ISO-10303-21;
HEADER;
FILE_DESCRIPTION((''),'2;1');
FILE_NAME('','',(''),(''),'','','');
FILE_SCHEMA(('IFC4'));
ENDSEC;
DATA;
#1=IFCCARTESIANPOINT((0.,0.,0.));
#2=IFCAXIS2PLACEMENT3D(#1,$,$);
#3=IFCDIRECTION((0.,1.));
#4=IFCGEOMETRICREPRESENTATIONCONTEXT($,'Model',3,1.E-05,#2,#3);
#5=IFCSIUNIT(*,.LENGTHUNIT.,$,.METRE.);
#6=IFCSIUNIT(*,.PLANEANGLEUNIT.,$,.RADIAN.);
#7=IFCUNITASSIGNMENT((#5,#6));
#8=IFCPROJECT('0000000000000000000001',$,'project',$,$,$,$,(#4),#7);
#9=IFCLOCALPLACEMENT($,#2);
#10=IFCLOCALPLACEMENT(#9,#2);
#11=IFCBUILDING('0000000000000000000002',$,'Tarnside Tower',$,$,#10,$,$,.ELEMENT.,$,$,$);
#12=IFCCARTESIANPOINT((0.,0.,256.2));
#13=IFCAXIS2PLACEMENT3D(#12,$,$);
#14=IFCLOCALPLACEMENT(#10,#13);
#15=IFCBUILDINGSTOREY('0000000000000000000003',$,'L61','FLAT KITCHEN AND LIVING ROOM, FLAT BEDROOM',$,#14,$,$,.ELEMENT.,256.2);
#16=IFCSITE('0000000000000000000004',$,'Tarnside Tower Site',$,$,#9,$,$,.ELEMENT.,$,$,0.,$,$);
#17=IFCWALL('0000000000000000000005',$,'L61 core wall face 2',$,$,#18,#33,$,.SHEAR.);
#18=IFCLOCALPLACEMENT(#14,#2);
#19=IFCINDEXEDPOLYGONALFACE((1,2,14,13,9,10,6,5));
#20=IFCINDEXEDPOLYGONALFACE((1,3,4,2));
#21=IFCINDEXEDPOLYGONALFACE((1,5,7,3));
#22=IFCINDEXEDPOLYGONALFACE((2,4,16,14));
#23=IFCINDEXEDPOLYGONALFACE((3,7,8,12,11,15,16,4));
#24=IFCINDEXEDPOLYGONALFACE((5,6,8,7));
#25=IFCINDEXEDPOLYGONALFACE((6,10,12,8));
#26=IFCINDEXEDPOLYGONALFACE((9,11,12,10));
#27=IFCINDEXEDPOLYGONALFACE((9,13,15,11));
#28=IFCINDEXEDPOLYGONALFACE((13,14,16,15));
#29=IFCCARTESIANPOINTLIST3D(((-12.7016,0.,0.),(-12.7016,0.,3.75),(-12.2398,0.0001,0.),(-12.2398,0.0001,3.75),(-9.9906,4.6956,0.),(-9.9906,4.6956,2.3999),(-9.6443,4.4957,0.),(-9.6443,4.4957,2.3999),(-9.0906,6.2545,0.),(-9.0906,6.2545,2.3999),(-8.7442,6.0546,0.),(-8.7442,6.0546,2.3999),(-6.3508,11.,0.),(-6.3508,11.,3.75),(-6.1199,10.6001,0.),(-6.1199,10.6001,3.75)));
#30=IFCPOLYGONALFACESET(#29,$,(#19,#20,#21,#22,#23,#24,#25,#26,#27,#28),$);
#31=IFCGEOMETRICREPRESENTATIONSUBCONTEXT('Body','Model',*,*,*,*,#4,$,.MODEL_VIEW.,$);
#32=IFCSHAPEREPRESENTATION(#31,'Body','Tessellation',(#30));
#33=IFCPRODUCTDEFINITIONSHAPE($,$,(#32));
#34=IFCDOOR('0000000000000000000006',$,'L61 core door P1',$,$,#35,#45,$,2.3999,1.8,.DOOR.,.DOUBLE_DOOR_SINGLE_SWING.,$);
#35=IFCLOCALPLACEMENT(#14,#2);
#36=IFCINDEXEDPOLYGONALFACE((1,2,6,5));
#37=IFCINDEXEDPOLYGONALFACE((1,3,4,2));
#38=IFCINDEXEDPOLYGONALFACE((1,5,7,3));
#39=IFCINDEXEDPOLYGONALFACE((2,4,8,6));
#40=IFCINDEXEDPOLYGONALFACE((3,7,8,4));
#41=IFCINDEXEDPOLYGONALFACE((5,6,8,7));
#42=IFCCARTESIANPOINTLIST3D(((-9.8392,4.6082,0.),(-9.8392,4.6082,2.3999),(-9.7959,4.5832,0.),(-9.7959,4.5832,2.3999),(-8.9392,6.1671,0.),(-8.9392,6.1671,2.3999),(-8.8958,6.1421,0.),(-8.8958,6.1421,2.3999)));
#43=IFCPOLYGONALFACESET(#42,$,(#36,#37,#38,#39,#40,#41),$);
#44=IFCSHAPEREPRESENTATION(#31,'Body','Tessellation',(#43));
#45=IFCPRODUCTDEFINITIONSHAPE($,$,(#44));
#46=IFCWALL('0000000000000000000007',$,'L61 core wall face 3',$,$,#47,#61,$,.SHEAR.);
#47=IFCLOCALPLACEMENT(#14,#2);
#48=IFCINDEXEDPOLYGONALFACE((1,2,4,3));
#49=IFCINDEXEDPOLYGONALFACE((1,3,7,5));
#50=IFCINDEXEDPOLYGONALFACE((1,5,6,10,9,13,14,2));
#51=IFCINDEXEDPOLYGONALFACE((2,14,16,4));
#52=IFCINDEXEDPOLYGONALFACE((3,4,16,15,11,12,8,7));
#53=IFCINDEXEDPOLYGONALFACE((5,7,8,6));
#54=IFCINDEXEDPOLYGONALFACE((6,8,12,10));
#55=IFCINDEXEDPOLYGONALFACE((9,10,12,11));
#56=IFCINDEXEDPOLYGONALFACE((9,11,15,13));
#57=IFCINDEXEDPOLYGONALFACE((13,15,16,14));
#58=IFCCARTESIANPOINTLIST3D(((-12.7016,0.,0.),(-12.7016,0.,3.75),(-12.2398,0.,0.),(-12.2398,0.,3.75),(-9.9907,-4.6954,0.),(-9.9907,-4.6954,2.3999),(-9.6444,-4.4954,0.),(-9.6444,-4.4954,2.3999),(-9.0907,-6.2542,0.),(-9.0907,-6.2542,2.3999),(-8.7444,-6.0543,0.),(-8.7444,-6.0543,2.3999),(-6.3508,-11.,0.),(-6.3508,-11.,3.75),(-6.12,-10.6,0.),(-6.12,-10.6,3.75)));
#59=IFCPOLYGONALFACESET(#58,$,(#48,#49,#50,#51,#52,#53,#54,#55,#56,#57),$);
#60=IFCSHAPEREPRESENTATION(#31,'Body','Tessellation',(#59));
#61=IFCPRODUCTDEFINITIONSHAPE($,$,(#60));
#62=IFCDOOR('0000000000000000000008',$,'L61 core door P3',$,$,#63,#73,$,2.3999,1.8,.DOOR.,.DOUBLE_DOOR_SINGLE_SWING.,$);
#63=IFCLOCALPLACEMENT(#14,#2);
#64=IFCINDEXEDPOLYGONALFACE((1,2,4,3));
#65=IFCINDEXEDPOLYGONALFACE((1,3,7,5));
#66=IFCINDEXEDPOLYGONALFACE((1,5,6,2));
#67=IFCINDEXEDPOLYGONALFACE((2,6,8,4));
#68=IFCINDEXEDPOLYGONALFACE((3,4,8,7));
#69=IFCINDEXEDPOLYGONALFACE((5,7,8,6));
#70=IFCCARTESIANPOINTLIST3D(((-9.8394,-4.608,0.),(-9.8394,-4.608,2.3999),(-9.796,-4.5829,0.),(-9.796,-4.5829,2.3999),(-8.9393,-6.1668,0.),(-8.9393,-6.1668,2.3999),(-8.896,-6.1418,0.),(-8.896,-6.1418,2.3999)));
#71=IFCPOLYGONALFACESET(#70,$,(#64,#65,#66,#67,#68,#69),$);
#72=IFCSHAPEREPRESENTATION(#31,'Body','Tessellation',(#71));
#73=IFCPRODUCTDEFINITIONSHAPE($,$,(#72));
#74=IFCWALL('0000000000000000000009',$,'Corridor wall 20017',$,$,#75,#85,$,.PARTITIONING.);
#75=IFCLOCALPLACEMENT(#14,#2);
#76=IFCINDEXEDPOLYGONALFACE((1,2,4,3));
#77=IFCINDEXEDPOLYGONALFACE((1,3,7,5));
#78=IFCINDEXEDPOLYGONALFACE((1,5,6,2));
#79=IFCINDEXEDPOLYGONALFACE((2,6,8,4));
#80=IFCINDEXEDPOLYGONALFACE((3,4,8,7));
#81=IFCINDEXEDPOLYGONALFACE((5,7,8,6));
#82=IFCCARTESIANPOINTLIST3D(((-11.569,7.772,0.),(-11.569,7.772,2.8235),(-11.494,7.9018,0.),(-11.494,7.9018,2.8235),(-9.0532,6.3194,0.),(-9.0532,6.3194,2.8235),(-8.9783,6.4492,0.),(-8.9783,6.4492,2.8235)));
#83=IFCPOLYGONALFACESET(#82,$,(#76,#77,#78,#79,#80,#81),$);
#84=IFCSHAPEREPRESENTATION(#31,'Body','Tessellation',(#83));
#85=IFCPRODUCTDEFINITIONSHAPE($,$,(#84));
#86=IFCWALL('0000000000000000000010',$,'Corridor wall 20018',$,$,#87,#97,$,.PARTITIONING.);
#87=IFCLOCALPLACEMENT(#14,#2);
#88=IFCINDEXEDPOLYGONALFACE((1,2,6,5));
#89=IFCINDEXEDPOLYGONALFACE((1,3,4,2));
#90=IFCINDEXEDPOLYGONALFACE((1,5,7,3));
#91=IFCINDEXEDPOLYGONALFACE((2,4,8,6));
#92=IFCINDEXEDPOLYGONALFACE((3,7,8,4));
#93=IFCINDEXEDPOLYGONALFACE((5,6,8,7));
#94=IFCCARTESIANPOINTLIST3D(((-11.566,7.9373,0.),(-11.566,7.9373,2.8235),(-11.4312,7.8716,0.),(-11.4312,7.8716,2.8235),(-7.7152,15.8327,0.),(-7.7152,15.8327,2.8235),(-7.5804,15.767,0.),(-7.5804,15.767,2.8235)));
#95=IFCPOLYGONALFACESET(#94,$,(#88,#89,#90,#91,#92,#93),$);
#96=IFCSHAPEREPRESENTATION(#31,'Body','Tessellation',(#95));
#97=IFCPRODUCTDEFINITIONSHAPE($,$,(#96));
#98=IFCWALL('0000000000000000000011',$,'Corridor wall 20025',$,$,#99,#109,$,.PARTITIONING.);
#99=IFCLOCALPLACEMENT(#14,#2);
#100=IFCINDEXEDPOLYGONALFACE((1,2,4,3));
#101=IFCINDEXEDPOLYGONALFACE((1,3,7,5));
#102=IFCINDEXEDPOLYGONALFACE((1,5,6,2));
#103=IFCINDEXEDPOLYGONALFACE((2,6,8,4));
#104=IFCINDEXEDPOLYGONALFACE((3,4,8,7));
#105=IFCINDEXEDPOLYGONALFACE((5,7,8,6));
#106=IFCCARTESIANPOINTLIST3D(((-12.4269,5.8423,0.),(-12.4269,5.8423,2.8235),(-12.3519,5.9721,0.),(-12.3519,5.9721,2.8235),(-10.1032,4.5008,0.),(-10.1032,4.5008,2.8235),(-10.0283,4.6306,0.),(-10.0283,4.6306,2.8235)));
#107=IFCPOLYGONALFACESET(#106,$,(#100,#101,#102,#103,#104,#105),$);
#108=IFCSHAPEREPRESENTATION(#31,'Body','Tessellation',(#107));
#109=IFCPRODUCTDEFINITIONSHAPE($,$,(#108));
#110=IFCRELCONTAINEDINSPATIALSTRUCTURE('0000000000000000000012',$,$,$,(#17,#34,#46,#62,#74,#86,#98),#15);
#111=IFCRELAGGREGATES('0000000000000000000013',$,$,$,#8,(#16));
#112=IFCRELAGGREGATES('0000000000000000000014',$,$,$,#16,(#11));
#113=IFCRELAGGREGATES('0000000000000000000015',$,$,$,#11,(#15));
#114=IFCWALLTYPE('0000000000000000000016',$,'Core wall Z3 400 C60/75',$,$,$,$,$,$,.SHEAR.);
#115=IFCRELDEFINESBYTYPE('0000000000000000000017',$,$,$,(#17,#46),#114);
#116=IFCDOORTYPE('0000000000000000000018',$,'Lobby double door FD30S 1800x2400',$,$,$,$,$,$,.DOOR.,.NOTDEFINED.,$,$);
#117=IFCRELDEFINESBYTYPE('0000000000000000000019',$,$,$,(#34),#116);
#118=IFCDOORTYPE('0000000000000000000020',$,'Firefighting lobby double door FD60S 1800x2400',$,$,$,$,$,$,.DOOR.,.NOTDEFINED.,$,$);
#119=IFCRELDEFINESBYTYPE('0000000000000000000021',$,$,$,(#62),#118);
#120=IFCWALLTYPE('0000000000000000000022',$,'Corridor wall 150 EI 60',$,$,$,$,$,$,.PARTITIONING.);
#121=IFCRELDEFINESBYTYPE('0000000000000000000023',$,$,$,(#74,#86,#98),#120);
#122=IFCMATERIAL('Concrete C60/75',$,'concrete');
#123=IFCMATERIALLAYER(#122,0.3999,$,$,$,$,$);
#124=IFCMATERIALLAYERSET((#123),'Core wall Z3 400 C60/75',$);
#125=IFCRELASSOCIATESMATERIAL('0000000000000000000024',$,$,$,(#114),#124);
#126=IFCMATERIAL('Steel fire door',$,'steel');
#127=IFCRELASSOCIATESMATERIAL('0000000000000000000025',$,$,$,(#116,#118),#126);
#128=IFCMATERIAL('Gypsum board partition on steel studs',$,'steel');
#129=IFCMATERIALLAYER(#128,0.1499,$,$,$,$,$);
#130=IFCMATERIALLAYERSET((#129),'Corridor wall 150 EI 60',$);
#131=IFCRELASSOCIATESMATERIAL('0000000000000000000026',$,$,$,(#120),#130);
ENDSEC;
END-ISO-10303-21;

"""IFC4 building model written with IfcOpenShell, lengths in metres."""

from ifc_helpers import new_model, si_unit, direction, frame, frame_2d, origin, place, context, subcontext, project, spatial, polyline, rectangle, outline, extrude, material, layer, layer_set, type_object, element, fill, save


model = new_model("IFC4")

# Units and contexts
model_context = context("Model", 3, precision=1e-05, world=origin(), true_north=direction((0.0, 1.0)))
body_context = subcontext(model_context, "Body", "Model", "MODEL_VIEW")
ifc_project = project(units=[si_unit("LENGTHUNIT", "METRE"), si_unit("PLANEANGLEUNIT", "RADIAN")], contexts=[model_context])

# Site, building, storey
site_placement = place(None, origin())
site = spatial("IfcSite", under=ifc_project, at=site_placement, Name="Tarnside Tower Site", CompositionType="ELEMENT", RefElevation=0.0)
building_placement = place(site_placement, origin())
building = spatial("IfcBuilding", under=site, at=building_placement, Name="Tarnside Tower", CompositionType="ELEMENT")
storey_placement = place(building_placement, frame((0.0, 0.0, 256.2)))
storey = spatial("IfcBuildingStorey", under=building, at=storey_placement, Name="L61", Description="FLAT KITCHEN AND LIVING ROOM, FLAT BEDROOM", CompositionType="ELEMENT", Elevation=256.2)

# Walls, openings, doors
ifc_material_1 = material(Name="Concrete C60/75", Category="concrete")
ifc_layer_1 = layer(ifc_material_1, 0.3999)
ifc_layer_set_1 = layer_set([ifc_layer_1], Name="Core wall Z3 400 C60/75")
wall_type_1 = type_object("IfcWallType", Name="Core wall Z3 400 C60/75", PredefinedType="SHEAR", material=ifc_layer_set_1)
wall_1_placement = place(storey_placement, frame((-6.2354, 10.8, 0.0), z_axis=(0.0, 0.0, 1.0), x_axis=(-0.499996, -0.866027, 0.0)))
wall_1 = element("IfcWall", 1, at=wall_1_placement, inside=storey, type_object=wall_type_1, Name="L61 core wall face 2", PredefinedType="SHEAR", context=body_context, shape_type="SweptSolid", body=[
    extrude(outline(polyline([(-0.1155, -0.2), (12.5862, -0.2), (12.3552, 0.2), (0.1155, 0.2), (-0.1155, -0.2)])), origin(), (0.0, 0.0, 1.0), 3.75),
])
opening_1_placement = place(wall_1_placement, frame((5.3643, 0.0, 0.0)))
opening_1 = element("IfcOpeningElement", 2, at=opening_1_placement, cuts=wall_1, PredefinedType="OPENING", context=body_context, shape_type="SweptSolid", body=[
    extrude(rectangle(XDim=1.8, YDim=2.3999, at=frame_2d((0.8999, 1.2))), frame((0.0, 0.21, 0.0), z_axis=(0.0, -1.0, 0.0), x_axis=(1.0, 0.0, 0.0)), (0.0, 0.0, 1.0), 0.4199),
])
ifc_material_2 = material(Name="Steel fire door", Category="steel")
door_type_1 = type_object("IfcDoorType", Name="Lobby double door FD30S 1800x2400", OperationType="NOTDEFINED", PredefinedType="DOOR", material=ifc_material_2)
door_1_placement = place(opening_1_placement, origin())
door_1 = element("IfcDoor", 3, at=door_1_placement, inside=storey, type_object=door_type_1, Name="L61 core door P1", OperationType="DOUBLE_DOOR_SINGLE_SWING", OverallHeight=2.3999, OverallWidth=1.8, PredefinedType="DOOR", context=body_context, shape_type="SweptSolid", body=[
    extrude(rectangle(XDim=1.8, YDim=2.3999, at=frame_2d((0.8999, 1.2))), frame((0.0, 0.0249, 0.0), z_axis=(0.0, -1.0, 0.0), x_axis=(1.0, 0.0, 0.0)), (0.0, 0.0, 1.0), 0.05),
])
fill(opening_1, door_1)
wall_2_placement = place(storey_placement, frame((-12.4707, 0.0, 0.0), z_axis=(0.0, 0.0, 1.0), x_axis=(0.499996, -0.866027, 0.0)))
wall_2 = element("IfcWall", 4, at=wall_2_placement, inside=storey, type_object=wall_type_1, Name="L61 core wall face 3", PredefinedType="SHEAR", context=body_context, shape_type="SweptSolid", body=[
    extrude(outline(polyline([(-0.1155, -0.2), (12.5862, -0.2), (12.3552, 0.2), (0.1155, 0.2), (-0.1155, -0.2)])), origin(), (0.0, 0.0, 1.0), 3.75),
])
opening_2_placement = place(wall_2_placement, frame((5.3064, 0.0, 0.0)))
opening_2 = element("IfcOpeningElement", 5, at=opening_2_placement, cuts=wall_2, PredefinedType="OPENING", context=body_context, shape_type="SweptSolid", body=[
    extrude(rectangle(XDim=1.8, YDim=2.3999, at=frame_2d((0.8999, 1.2))), frame((0.0, 0.21, 0.0), z_axis=(0.0, -1.0, 0.0), x_axis=(1.0, 0.0, 0.0)), (0.0, 0.0, 1.0), 0.4199),
])
door_type_2 = type_object("IfcDoorType", Name="Firefighting lobby double door FD60S 1800x2400", OperationType="NOTDEFINED", PredefinedType="DOOR", material=ifc_material_2)
door_2_placement = place(opening_2_placement, origin())
door_2 = element("IfcDoor", 6, at=door_2_placement, inside=storey, type_object=door_type_2, Name="L61 core door P3", OperationType="DOUBLE_DOOR_SINGLE_SWING", OverallHeight=2.3999, OverallWidth=1.8, PredefinedType="DOOR", context=body_context, shape_type="SweptSolid", body=[
    extrude(rectangle(XDim=1.8, YDim=2.3999, at=frame_2d((0.8999, 1.2))), frame((0.0, 0.0249, 0.0), z_axis=(0.0, -1.0, 0.0), x_axis=(1.0, 0.0, 0.0)), (0.0, 0.0, 1.0), 0.05),
])
fill(opening_2, door_2)

# Walls
ifc_material_3 = material(Name="Gypsum board partition on steel studs", Category="steel")
ifc_layer_2 = layer(ifc_material_3, 0.1499)
ifc_layer_set_2 = layer_set([ifc_layer_2], Name="Corridor wall 150 EI 60")
wall_type_2 = type_object("IfcWallType", Name="Corridor wall 150 EI 60", PredefinedType="PARTITIONING", material=ifc_layer_set_2)
wall_3_placement = place(storey_placement, frame((-9.0156, 6.3843, 0.0), z_axis=(0.0, 0.0, 1.0), x_axis=(-0.866011, 0.500026, 0.0)))
element("IfcWall", 7, at=wall_3_placement, inside=storey, type_object=wall_type_2, Name="Corridor wall 20017", PredefinedType="PARTITIONING", context=body_context, shape_type="SweptSolid", body=[
    extrude(rectangle(XDim=2.905, YDim=0.1499, at=frame_2d((1.4526, 0.0))), origin(), (0.0, 0.0, 1.0), 2.8235),
])
wall_4_placement = place(storey_placement, frame((-11.4985, 7.9045, 0.0), z_axis=(0.0, 0.0, 1.0), x_axis=(0.438365, 0.898797, 0.0)))
element("IfcWall", 8, at=wall_4_placement, inside=storey, type_object=wall_type_2, Name="Corridor wall 20018", PredefinedType="PARTITIONING", context=body_context, shape_type="SweptSolid", body=[
    extrude(rectangle(XDim=8.7844, YDim=0.1499, at=frame_2d((4.3921, 0.0))), origin(), (0.0, 0.0, 1.0), 2.8235),
])
wall_5_placement = place(storey_placement, frame((-12.3894, 5.9072, 0.0), z_axis=(0.0, 0.0, 1.0), x_axis=(0.866034, -0.499985, 0.0)))
element("IfcWall", 9, at=wall_5_placement, inside=storey, type_object=wall_type_2, Name="Corridor wall 20025", PredefinedType="PARTITIONING", context=body_context, shape_type="SweptSolid", body=[
    extrude(rectangle(XDim=2.6831, YDim=0.1499, at=frame_2d((1.3416, 0.0))), origin(), (0.0, 0.0, 1.0), 2.8235),
])

save(model, "model.ifc")
